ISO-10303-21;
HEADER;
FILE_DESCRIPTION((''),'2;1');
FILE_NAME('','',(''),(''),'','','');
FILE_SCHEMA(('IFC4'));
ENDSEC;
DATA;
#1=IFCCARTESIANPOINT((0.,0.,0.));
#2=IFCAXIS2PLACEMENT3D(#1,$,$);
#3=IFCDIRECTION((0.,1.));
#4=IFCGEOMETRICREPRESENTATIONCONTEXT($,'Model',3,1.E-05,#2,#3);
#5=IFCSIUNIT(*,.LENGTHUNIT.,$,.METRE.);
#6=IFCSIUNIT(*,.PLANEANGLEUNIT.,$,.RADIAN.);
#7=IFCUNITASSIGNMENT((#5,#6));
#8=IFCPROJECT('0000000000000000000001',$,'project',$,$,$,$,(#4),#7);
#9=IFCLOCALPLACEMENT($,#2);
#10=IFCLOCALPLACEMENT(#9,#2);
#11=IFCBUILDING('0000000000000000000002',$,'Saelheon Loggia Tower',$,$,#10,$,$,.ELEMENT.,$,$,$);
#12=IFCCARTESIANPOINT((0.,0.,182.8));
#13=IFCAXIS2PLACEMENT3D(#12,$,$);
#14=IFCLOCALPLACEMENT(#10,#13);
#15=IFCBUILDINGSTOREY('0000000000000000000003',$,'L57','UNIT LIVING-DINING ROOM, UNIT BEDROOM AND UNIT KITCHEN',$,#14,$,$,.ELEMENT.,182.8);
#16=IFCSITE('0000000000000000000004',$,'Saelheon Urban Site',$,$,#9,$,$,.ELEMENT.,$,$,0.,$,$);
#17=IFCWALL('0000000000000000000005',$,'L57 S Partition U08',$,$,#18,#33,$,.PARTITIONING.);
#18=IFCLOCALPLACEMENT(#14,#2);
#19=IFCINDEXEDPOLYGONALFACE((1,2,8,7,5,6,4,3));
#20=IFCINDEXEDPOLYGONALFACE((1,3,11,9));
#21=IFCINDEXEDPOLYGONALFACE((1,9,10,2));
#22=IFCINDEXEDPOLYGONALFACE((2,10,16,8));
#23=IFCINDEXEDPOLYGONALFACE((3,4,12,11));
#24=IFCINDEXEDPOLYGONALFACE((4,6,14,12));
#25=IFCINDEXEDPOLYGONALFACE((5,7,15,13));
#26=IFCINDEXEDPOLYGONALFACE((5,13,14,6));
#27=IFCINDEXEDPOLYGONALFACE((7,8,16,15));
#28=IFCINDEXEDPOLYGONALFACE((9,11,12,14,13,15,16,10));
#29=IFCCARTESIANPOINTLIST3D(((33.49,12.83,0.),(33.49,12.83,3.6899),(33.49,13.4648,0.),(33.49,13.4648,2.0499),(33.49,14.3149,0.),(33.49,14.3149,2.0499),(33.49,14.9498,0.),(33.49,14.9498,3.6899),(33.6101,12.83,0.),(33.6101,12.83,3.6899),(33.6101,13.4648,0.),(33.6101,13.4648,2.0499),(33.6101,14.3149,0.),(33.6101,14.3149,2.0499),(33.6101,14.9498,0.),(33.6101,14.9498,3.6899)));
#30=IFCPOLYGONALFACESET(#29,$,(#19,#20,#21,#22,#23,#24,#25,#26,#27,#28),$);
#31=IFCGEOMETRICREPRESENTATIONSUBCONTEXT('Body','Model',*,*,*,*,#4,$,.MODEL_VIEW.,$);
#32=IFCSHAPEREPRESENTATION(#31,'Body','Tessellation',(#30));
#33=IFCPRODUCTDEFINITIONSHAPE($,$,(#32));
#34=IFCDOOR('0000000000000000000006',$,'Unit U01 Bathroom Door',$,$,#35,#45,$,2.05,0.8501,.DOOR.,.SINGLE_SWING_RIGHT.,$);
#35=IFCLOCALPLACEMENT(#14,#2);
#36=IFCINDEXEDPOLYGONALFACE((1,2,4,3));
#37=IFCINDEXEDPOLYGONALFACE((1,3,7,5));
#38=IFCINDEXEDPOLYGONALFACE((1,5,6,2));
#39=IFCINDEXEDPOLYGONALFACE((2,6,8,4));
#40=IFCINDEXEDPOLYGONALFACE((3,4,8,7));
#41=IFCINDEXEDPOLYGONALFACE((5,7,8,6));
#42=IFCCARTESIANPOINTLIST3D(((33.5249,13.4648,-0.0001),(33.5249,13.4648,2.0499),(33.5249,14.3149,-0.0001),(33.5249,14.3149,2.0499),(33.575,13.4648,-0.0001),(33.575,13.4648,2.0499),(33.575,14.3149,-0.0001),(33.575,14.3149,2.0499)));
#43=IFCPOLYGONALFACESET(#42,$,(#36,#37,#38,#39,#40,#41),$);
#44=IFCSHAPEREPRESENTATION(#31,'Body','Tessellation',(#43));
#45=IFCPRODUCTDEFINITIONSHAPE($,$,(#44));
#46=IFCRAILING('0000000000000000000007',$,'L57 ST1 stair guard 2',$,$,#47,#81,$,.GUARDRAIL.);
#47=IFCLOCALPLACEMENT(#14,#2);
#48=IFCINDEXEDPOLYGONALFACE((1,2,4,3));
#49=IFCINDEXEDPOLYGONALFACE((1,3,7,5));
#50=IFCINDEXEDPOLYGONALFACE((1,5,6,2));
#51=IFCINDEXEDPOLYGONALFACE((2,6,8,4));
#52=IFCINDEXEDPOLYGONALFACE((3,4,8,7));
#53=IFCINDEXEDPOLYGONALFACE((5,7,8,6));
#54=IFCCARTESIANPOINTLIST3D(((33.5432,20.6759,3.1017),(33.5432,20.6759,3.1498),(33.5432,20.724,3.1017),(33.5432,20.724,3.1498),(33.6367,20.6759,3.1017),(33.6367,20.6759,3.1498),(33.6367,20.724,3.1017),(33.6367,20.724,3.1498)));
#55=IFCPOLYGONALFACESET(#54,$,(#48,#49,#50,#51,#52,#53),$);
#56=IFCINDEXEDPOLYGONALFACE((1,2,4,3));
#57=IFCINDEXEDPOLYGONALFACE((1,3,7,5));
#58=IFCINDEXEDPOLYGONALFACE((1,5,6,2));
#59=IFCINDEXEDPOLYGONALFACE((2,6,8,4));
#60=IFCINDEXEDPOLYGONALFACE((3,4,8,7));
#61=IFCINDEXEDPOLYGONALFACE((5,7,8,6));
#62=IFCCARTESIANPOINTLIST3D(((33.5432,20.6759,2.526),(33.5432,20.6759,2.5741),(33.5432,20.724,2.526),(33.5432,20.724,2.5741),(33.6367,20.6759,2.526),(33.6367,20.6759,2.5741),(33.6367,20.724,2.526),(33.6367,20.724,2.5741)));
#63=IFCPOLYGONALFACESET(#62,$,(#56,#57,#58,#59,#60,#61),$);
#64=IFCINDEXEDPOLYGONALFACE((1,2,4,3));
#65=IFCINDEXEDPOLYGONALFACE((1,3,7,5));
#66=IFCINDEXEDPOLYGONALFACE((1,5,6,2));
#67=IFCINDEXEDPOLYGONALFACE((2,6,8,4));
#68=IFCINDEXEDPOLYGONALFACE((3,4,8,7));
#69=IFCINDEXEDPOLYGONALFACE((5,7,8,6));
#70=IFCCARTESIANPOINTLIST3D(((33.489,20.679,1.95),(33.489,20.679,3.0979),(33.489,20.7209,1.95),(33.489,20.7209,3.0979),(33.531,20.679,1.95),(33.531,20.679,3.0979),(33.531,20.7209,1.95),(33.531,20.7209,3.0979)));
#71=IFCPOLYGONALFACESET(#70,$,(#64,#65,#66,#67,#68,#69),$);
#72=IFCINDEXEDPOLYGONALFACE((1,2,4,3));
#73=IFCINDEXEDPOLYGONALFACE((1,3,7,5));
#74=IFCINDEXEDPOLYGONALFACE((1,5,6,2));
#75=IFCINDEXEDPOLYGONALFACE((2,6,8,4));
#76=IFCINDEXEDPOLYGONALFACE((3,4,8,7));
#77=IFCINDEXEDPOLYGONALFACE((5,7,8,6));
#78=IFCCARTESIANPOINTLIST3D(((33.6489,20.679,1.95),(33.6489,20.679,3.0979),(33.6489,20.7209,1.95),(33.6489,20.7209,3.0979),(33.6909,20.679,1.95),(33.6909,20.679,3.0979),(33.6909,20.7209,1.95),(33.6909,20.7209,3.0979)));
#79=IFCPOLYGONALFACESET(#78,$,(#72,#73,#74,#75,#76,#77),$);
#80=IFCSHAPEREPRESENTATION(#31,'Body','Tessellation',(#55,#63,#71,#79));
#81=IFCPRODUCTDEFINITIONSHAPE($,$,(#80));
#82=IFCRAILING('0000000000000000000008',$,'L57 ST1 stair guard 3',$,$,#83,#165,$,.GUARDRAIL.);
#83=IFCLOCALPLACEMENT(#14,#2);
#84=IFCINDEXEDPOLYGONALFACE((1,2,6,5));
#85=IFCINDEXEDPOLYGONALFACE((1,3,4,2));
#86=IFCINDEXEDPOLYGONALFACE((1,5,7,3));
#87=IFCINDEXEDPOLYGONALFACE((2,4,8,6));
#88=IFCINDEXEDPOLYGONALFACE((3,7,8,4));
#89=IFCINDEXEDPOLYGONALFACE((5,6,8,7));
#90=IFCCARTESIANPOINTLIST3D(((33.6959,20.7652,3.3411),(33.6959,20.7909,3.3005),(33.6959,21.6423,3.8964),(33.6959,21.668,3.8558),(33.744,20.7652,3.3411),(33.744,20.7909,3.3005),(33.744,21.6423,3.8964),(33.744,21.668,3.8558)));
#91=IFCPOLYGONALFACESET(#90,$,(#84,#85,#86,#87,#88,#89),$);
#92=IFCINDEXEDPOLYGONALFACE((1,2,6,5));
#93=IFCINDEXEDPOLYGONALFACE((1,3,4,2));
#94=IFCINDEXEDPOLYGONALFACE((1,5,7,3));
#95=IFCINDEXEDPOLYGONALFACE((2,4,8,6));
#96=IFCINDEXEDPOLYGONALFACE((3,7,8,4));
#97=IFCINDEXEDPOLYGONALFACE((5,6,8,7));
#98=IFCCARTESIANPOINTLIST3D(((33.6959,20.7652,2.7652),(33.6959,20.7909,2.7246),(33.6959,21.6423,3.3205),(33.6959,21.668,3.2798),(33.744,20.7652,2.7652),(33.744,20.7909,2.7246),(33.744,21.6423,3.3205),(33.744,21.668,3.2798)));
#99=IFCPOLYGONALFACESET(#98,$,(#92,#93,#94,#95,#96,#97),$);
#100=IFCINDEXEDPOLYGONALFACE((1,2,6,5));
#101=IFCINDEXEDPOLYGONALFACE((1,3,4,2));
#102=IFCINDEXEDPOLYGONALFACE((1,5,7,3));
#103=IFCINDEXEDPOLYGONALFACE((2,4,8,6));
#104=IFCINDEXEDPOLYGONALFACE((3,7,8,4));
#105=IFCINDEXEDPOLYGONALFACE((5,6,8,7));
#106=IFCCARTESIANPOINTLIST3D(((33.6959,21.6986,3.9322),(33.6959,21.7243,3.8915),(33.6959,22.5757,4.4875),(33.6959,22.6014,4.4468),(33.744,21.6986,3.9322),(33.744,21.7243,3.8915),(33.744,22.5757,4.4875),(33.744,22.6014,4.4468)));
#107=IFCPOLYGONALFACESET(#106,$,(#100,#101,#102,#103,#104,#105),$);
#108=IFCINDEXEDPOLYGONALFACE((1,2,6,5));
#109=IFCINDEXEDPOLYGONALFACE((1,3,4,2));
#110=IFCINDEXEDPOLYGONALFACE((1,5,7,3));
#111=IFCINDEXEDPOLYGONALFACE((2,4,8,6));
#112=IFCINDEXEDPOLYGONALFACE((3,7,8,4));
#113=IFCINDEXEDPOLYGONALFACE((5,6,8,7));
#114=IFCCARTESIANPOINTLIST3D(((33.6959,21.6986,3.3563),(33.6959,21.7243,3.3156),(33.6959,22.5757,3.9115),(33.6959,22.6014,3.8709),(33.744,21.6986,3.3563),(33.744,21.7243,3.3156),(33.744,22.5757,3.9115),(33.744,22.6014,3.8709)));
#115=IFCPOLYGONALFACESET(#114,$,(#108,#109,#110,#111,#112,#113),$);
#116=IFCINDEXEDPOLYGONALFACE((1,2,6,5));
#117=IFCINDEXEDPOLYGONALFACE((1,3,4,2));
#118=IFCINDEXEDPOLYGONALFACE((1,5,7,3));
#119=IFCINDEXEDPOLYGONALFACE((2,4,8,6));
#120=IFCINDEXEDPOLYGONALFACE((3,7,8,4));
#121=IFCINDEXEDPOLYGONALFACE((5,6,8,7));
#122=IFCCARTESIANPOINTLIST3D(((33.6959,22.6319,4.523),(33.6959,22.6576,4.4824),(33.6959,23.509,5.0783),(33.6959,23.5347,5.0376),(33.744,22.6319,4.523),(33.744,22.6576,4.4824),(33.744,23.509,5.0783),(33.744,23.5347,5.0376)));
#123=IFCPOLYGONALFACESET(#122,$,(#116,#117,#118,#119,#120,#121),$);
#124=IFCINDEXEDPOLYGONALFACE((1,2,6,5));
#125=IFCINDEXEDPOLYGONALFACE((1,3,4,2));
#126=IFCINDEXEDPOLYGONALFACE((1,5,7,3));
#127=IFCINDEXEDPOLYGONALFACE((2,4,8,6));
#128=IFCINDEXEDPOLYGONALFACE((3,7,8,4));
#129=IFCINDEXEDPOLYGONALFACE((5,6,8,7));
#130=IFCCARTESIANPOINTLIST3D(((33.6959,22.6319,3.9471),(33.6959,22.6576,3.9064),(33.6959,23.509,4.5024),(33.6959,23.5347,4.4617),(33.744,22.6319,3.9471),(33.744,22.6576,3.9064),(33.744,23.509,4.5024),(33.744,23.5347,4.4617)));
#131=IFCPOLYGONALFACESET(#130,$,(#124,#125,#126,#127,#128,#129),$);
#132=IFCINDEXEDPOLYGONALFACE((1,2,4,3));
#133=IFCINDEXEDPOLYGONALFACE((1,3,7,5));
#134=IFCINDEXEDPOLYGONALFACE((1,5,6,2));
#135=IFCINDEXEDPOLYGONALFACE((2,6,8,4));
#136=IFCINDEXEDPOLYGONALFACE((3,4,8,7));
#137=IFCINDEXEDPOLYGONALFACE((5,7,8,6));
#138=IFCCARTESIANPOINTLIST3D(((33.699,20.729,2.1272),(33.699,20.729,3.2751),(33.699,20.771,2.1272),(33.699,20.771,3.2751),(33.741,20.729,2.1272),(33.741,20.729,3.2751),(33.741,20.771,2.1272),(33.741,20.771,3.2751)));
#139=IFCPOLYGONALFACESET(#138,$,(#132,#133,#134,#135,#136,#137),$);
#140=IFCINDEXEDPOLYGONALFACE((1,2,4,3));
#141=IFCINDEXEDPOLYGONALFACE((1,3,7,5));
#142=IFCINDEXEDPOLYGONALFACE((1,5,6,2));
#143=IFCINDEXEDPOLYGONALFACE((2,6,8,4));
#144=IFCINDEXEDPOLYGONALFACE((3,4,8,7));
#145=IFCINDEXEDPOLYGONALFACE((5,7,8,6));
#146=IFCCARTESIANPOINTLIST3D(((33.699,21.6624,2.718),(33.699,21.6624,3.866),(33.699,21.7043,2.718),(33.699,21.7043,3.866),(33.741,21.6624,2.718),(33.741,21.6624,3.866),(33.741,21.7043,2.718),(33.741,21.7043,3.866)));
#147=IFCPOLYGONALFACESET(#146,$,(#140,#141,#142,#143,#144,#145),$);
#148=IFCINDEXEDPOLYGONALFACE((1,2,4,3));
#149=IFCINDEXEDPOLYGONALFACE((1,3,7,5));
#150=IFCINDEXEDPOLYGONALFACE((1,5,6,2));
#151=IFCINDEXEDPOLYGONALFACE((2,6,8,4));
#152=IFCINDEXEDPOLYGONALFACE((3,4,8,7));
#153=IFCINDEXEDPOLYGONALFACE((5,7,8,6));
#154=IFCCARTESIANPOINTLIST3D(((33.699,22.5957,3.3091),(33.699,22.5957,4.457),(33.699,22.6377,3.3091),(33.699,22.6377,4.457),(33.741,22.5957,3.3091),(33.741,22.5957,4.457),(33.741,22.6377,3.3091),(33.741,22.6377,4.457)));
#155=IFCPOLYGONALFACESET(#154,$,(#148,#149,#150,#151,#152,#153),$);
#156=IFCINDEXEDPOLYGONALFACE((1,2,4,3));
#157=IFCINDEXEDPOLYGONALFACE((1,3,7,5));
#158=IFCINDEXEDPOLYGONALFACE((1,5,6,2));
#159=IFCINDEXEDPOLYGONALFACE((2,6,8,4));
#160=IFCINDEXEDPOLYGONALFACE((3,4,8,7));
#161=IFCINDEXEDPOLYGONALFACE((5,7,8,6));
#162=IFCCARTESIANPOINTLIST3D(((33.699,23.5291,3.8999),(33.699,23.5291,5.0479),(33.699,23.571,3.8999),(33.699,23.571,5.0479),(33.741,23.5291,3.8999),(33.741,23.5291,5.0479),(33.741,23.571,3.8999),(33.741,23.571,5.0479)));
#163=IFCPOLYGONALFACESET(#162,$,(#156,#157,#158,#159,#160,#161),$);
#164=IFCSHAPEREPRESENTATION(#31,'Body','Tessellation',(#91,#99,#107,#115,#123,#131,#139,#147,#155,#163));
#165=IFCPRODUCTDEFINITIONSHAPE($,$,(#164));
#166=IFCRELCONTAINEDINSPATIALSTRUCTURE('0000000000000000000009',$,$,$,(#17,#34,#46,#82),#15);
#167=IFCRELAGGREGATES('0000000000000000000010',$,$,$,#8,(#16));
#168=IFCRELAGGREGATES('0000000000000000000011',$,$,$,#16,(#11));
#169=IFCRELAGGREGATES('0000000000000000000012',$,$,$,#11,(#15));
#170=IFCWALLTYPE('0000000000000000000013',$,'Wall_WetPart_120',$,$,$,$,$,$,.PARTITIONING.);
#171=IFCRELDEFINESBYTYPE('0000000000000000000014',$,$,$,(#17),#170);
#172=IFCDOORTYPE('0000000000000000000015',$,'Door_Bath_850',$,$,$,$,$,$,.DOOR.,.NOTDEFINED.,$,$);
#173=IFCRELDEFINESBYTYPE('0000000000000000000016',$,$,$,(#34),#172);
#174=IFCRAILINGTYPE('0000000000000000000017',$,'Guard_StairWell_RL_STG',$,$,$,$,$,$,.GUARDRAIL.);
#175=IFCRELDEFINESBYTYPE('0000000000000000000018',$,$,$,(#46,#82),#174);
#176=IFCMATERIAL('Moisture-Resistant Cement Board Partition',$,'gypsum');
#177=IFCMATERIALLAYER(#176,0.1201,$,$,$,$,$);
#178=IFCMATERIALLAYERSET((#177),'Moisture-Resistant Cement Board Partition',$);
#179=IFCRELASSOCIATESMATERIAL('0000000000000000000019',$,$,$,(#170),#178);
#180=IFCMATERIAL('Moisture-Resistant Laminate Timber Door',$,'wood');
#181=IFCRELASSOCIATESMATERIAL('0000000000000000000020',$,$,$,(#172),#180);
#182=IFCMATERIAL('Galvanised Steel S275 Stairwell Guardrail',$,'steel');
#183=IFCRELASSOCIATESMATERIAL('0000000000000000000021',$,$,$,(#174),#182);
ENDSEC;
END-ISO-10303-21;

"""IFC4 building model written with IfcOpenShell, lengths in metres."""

from ifc_helpers import new_model, si_unit, direction, frame, frame_2d, origin, origin_2d, place, context, subcontext, project, spatial, rectangle, extrude, source, transform, mapped, material, layer, layer_set, type_object, element, fill, save


model = new_model("IFC4")

# Units and contexts
model_context = context("Model", 3, precision=1e-05, world=origin(), true_north=direction((0.0, 1.0)))
body_context = subcontext(model_context, "Body", "Model", "MODEL_VIEW")
ifc_project = project(units=[si_unit("LENGTHUNIT", "METRE"), si_unit("PLANEANGLEUNIT", "RADIAN")], contexts=[model_context])

# Site, building, storey
site_placement = place(None, origin())
site = spatial("IfcSite", under=ifc_project, at=site_placement, Name="Saelheon Urban Site", CompositionType="ELEMENT", RefElevation=0.0)
building_placement = place(site_placement, origin())
building = spatial("IfcBuilding", under=site, at=building_placement, Name="Saelheon Loggia Tower", CompositionType="ELEMENT")
storey_placement = place(building_placement, frame((0.0, 0.0, 182.8)))
storey = spatial("IfcBuildingStorey", under=building, at=storey_placement, Name="L57", Description="UNIT LIVING-DINING ROOM, UNIT BEDROOM AND UNIT KITCHEN", CompositionType="ELEMENT", Elevation=182.8)

# Wall, opening, door
ifc_material_1 = material(Name="Moisture-Resistant Cement Board Partition", Category="gypsum")
ifc_layer_1 = layer(ifc_material_1, 0.1201)
ifc_layer_set_1 = layer_set([ifc_layer_1], Name="Moisture-Resistant Cement Board Partition")
wall_type_1 = type_object("IfcWallType", Name="Wall_WetPart_120", PredefinedType="PARTITIONING", material=ifc_layer_set_1)
wall_1_placement = place(storey_placement, frame((33.55, 14.95, 0.0), z_axis=(0.0, 0.0, 1.0), x_axis=(0.0, -1.0, 0.0)))
wall_1 = element("IfcWall", 1, at=wall_1_placement, inside=storey, type_object=wall_type_1, Name="L57 S Partition U08", PredefinedType="PARTITIONING", context=body_context, shape_type="SweptSolid", body=[
    extrude(rectangle(XDim=2.1199, YDim=0.1201, at=frame_2d((1.0601, 0.0))), origin(), (0.0, 0.0, 1.0), 3.6899),
])
opening_1_placement = place(wall_1_placement, frame((0.635, 0.0, 0.0)))
opening_1 = element("IfcOpeningElement", 2, at=opening_1_placement, cuts=wall_1, PredefinedType="OPENING", context=body_context, shape_type="SweptSolid", body=[
    extrude(rectangle(XDim=0.8501, YDim=2.05, at=frame_2d((0.425, 1.0249))), frame((0.0, 0.072, 0.0), z_axis=(0.0, -1.0, 0.0), x_axis=(1.0, 0.0, 0.0)), (0.0, 0.0, 1.0), 0.144),
])
ifc_material_2 = material(Name="Moisture-Resistant Laminate Timber Door", Category="wood")
door_type_1 = type_object("IfcDoorType", Name="Door_Bath_850", OperationType="NOTDEFINED", PredefinedType="DOOR", material=ifc_material_2)
shared_shape_1 = source(origin(), body_context, "Body", "SweptSolid", [
    extrude(rectangle(XDim=0.8501, YDim=2.05, at=frame_2d((0.425, 1.0249))), frame((0.0, 0.0249, 0.0), z_axis=(0.0, -1.0, 0.0), x_axis=(1.0, 0.0, 0.0)), (0.0, 0.0, 1.0), 0.05),
])
door_1_placement = place(opening_1_placement, origin())
door_1 = element("IfcDoor", 3, at=door_1_placement, inside=storey, type_object=door_type_1, Name="Unit U01 Bathroom Door", OperationType="SINGLE_SWING_RIGHT", OverallHeight=2.05, OverallWidth=0.8501, PredefinedType="DOOR", context=body_context, shape_type="MappedRepresentation", body=[
    mapped(shared_shape_1, transform((0.0, 0.0, 0.0), scale=1.0)),
])
fill(opening_1, door_1)

# Railings
ifc_material_3 = material(Name="Galvanised Steel S275 Stairwell Guardrail", Category="steel")
railing_type_1 = type_object("IfcRailingType", Name="Guard_StairWell_RL_STG", PredefinedType="GUARDRAIL", material=ifc_material_3)
railing_1_placement = place(storey_placement, frame((33.51, 20.7, 1.95)))
element("IfcRailing", 4, at=railing_1_placement, inside=storey, type_object=railing_type_1, Name="L57 ST1 stair guard 2", PredefinedType="GUARDRAIL", context=body_context, shape_type="SweptSolid", body=[
    extrude(rectangle(XDim=0.0481, YDim=0.0481, at=origin_2d()), frame((0.0332, 0.0, 1.1758), z_axis=(1.0, 0.0, 0.0), x_axis=(0.0, 1.0, 0.0)), (0.0, 0.0, 1.0), 0.0935),
    extrude(rectangle(XDim=0.0481, YDim=0.0481, at=origin_2d()), frame((0.0332, 0.0, 0.6001), z_axis=(1.0, 0.0, 0.0), x_axis=(0.0, 1.0, 0.0)), (0.0, 0.0, 1.0), 0.0935),
    extrude(rectangle(XDim=0.042, YDim=0.042, at=origin_2d()), origin(), (0.0, 0.0, 1.0), 1.1479),
    extrude(rectangle(XDim=0.042, YDim=0.042, at=origin_2d()), frame((0.1599, 0.0, 0.0)), (0.0, 0.0, 1.0), 1.1479),
])
railing_2_placement = place(storey_placement, frame((33.72, 20.75, 2.1272)))
element("IfcRailing", 5, at=railing_2_placement, inside=storey, type_object=railing_type_1, Name="L57 ST1 stair guard 3", PredefinedType="GUARDRAIL", context=body_context, shape_type="SweptSolid", body=[
    extrude(rectangle(XDim=0.0481, YDim=0.0481, at=origin_2d()), frame((0.0, 0.0281, 1.1936), z_axis=(0.0, 0.844909, 0.53491), x_axis=(-1.0, 0.0, 0.0)), (0.0, 0.0, 1.0), 1.0381),
    extrude(rectangle(XDim=0.0481, YDim=0.0481, at=origin_2d()), frame((0.0, 0.0281, 0.6177), z_axis=(0.0, 0.844909, 0.53491), x_axis=(-1.0, 0.0, 0.0)), (0.0, 0.0, 1.0), 1.0381),
    extrude(rectangle(XDim=0.0481, YDim=0.0481, at=origin_2d()), frame((0.0, 0.9614, 1.7847), z_axis=(0.0, 0.844909, 0.53491), x_axis=(-1.0, 0.0, 0.0)), (0.0, 0.0, 1.0), 1.0381),
    extrude(rectangle(XDim=0.0481, YDim=0.0481, at=origin_2d()), frame((0.0, 0.9614, 1.2087), z_axis=(0.0, 0.844909, 0.53491), x_axis=(-1.0, 0.0, 0.0)), (0.0, 0.0, 1.0), 1.0381),
    extrude(rectangle(XDim=0.0481, YDim=0.0481, at=origin_2d()), frame((0.0, 1.8948, 2.3755), z_axis=(0.0, 0.844909, 0.53491), x_axis=(-1.0, 0.0, 0.0)), (0.0, 0.0, 1.0), 1.0381),
    extrude(rectangle(XDim=0.0481, YDim=0.0481, at=origin_2d()), frame((0.0, 1.8948, 1.7996), z_axis=(0.0, 0.844909, 0.53491), x_axis=(-1.0, 0.0, 0.0)), (0.0, 0.0, 1.0), 1.0381),
    extrude(rectangle(XDim=0.042, YDim=0.042, at=origin_2d()), origin(), (0.0, 0.0, 1.0), 1.1479),
    extrude(rectangle(XDim=0.042, YDim=0.042, at=origin_2d()), frame((0.0, 0.9333, 0.5908)), (0.0, 0.0, 1.0), 1.1479),
    extrude(rectangle(XDim=0.042, YDim=0.042, at=origin_2d()), frame((0.0, 1.8667, 1.1819)), (0.0, 0.0, 1.0), 1.1479),
    extrude(rectangle(XDim=0.042, YDim=0.042, at=origin_2d()), frame((0.0, 2.8, 1.7727)), (0.0, 0.0, 1.0), 1.1479),
])

save(model, "model.ifc")
